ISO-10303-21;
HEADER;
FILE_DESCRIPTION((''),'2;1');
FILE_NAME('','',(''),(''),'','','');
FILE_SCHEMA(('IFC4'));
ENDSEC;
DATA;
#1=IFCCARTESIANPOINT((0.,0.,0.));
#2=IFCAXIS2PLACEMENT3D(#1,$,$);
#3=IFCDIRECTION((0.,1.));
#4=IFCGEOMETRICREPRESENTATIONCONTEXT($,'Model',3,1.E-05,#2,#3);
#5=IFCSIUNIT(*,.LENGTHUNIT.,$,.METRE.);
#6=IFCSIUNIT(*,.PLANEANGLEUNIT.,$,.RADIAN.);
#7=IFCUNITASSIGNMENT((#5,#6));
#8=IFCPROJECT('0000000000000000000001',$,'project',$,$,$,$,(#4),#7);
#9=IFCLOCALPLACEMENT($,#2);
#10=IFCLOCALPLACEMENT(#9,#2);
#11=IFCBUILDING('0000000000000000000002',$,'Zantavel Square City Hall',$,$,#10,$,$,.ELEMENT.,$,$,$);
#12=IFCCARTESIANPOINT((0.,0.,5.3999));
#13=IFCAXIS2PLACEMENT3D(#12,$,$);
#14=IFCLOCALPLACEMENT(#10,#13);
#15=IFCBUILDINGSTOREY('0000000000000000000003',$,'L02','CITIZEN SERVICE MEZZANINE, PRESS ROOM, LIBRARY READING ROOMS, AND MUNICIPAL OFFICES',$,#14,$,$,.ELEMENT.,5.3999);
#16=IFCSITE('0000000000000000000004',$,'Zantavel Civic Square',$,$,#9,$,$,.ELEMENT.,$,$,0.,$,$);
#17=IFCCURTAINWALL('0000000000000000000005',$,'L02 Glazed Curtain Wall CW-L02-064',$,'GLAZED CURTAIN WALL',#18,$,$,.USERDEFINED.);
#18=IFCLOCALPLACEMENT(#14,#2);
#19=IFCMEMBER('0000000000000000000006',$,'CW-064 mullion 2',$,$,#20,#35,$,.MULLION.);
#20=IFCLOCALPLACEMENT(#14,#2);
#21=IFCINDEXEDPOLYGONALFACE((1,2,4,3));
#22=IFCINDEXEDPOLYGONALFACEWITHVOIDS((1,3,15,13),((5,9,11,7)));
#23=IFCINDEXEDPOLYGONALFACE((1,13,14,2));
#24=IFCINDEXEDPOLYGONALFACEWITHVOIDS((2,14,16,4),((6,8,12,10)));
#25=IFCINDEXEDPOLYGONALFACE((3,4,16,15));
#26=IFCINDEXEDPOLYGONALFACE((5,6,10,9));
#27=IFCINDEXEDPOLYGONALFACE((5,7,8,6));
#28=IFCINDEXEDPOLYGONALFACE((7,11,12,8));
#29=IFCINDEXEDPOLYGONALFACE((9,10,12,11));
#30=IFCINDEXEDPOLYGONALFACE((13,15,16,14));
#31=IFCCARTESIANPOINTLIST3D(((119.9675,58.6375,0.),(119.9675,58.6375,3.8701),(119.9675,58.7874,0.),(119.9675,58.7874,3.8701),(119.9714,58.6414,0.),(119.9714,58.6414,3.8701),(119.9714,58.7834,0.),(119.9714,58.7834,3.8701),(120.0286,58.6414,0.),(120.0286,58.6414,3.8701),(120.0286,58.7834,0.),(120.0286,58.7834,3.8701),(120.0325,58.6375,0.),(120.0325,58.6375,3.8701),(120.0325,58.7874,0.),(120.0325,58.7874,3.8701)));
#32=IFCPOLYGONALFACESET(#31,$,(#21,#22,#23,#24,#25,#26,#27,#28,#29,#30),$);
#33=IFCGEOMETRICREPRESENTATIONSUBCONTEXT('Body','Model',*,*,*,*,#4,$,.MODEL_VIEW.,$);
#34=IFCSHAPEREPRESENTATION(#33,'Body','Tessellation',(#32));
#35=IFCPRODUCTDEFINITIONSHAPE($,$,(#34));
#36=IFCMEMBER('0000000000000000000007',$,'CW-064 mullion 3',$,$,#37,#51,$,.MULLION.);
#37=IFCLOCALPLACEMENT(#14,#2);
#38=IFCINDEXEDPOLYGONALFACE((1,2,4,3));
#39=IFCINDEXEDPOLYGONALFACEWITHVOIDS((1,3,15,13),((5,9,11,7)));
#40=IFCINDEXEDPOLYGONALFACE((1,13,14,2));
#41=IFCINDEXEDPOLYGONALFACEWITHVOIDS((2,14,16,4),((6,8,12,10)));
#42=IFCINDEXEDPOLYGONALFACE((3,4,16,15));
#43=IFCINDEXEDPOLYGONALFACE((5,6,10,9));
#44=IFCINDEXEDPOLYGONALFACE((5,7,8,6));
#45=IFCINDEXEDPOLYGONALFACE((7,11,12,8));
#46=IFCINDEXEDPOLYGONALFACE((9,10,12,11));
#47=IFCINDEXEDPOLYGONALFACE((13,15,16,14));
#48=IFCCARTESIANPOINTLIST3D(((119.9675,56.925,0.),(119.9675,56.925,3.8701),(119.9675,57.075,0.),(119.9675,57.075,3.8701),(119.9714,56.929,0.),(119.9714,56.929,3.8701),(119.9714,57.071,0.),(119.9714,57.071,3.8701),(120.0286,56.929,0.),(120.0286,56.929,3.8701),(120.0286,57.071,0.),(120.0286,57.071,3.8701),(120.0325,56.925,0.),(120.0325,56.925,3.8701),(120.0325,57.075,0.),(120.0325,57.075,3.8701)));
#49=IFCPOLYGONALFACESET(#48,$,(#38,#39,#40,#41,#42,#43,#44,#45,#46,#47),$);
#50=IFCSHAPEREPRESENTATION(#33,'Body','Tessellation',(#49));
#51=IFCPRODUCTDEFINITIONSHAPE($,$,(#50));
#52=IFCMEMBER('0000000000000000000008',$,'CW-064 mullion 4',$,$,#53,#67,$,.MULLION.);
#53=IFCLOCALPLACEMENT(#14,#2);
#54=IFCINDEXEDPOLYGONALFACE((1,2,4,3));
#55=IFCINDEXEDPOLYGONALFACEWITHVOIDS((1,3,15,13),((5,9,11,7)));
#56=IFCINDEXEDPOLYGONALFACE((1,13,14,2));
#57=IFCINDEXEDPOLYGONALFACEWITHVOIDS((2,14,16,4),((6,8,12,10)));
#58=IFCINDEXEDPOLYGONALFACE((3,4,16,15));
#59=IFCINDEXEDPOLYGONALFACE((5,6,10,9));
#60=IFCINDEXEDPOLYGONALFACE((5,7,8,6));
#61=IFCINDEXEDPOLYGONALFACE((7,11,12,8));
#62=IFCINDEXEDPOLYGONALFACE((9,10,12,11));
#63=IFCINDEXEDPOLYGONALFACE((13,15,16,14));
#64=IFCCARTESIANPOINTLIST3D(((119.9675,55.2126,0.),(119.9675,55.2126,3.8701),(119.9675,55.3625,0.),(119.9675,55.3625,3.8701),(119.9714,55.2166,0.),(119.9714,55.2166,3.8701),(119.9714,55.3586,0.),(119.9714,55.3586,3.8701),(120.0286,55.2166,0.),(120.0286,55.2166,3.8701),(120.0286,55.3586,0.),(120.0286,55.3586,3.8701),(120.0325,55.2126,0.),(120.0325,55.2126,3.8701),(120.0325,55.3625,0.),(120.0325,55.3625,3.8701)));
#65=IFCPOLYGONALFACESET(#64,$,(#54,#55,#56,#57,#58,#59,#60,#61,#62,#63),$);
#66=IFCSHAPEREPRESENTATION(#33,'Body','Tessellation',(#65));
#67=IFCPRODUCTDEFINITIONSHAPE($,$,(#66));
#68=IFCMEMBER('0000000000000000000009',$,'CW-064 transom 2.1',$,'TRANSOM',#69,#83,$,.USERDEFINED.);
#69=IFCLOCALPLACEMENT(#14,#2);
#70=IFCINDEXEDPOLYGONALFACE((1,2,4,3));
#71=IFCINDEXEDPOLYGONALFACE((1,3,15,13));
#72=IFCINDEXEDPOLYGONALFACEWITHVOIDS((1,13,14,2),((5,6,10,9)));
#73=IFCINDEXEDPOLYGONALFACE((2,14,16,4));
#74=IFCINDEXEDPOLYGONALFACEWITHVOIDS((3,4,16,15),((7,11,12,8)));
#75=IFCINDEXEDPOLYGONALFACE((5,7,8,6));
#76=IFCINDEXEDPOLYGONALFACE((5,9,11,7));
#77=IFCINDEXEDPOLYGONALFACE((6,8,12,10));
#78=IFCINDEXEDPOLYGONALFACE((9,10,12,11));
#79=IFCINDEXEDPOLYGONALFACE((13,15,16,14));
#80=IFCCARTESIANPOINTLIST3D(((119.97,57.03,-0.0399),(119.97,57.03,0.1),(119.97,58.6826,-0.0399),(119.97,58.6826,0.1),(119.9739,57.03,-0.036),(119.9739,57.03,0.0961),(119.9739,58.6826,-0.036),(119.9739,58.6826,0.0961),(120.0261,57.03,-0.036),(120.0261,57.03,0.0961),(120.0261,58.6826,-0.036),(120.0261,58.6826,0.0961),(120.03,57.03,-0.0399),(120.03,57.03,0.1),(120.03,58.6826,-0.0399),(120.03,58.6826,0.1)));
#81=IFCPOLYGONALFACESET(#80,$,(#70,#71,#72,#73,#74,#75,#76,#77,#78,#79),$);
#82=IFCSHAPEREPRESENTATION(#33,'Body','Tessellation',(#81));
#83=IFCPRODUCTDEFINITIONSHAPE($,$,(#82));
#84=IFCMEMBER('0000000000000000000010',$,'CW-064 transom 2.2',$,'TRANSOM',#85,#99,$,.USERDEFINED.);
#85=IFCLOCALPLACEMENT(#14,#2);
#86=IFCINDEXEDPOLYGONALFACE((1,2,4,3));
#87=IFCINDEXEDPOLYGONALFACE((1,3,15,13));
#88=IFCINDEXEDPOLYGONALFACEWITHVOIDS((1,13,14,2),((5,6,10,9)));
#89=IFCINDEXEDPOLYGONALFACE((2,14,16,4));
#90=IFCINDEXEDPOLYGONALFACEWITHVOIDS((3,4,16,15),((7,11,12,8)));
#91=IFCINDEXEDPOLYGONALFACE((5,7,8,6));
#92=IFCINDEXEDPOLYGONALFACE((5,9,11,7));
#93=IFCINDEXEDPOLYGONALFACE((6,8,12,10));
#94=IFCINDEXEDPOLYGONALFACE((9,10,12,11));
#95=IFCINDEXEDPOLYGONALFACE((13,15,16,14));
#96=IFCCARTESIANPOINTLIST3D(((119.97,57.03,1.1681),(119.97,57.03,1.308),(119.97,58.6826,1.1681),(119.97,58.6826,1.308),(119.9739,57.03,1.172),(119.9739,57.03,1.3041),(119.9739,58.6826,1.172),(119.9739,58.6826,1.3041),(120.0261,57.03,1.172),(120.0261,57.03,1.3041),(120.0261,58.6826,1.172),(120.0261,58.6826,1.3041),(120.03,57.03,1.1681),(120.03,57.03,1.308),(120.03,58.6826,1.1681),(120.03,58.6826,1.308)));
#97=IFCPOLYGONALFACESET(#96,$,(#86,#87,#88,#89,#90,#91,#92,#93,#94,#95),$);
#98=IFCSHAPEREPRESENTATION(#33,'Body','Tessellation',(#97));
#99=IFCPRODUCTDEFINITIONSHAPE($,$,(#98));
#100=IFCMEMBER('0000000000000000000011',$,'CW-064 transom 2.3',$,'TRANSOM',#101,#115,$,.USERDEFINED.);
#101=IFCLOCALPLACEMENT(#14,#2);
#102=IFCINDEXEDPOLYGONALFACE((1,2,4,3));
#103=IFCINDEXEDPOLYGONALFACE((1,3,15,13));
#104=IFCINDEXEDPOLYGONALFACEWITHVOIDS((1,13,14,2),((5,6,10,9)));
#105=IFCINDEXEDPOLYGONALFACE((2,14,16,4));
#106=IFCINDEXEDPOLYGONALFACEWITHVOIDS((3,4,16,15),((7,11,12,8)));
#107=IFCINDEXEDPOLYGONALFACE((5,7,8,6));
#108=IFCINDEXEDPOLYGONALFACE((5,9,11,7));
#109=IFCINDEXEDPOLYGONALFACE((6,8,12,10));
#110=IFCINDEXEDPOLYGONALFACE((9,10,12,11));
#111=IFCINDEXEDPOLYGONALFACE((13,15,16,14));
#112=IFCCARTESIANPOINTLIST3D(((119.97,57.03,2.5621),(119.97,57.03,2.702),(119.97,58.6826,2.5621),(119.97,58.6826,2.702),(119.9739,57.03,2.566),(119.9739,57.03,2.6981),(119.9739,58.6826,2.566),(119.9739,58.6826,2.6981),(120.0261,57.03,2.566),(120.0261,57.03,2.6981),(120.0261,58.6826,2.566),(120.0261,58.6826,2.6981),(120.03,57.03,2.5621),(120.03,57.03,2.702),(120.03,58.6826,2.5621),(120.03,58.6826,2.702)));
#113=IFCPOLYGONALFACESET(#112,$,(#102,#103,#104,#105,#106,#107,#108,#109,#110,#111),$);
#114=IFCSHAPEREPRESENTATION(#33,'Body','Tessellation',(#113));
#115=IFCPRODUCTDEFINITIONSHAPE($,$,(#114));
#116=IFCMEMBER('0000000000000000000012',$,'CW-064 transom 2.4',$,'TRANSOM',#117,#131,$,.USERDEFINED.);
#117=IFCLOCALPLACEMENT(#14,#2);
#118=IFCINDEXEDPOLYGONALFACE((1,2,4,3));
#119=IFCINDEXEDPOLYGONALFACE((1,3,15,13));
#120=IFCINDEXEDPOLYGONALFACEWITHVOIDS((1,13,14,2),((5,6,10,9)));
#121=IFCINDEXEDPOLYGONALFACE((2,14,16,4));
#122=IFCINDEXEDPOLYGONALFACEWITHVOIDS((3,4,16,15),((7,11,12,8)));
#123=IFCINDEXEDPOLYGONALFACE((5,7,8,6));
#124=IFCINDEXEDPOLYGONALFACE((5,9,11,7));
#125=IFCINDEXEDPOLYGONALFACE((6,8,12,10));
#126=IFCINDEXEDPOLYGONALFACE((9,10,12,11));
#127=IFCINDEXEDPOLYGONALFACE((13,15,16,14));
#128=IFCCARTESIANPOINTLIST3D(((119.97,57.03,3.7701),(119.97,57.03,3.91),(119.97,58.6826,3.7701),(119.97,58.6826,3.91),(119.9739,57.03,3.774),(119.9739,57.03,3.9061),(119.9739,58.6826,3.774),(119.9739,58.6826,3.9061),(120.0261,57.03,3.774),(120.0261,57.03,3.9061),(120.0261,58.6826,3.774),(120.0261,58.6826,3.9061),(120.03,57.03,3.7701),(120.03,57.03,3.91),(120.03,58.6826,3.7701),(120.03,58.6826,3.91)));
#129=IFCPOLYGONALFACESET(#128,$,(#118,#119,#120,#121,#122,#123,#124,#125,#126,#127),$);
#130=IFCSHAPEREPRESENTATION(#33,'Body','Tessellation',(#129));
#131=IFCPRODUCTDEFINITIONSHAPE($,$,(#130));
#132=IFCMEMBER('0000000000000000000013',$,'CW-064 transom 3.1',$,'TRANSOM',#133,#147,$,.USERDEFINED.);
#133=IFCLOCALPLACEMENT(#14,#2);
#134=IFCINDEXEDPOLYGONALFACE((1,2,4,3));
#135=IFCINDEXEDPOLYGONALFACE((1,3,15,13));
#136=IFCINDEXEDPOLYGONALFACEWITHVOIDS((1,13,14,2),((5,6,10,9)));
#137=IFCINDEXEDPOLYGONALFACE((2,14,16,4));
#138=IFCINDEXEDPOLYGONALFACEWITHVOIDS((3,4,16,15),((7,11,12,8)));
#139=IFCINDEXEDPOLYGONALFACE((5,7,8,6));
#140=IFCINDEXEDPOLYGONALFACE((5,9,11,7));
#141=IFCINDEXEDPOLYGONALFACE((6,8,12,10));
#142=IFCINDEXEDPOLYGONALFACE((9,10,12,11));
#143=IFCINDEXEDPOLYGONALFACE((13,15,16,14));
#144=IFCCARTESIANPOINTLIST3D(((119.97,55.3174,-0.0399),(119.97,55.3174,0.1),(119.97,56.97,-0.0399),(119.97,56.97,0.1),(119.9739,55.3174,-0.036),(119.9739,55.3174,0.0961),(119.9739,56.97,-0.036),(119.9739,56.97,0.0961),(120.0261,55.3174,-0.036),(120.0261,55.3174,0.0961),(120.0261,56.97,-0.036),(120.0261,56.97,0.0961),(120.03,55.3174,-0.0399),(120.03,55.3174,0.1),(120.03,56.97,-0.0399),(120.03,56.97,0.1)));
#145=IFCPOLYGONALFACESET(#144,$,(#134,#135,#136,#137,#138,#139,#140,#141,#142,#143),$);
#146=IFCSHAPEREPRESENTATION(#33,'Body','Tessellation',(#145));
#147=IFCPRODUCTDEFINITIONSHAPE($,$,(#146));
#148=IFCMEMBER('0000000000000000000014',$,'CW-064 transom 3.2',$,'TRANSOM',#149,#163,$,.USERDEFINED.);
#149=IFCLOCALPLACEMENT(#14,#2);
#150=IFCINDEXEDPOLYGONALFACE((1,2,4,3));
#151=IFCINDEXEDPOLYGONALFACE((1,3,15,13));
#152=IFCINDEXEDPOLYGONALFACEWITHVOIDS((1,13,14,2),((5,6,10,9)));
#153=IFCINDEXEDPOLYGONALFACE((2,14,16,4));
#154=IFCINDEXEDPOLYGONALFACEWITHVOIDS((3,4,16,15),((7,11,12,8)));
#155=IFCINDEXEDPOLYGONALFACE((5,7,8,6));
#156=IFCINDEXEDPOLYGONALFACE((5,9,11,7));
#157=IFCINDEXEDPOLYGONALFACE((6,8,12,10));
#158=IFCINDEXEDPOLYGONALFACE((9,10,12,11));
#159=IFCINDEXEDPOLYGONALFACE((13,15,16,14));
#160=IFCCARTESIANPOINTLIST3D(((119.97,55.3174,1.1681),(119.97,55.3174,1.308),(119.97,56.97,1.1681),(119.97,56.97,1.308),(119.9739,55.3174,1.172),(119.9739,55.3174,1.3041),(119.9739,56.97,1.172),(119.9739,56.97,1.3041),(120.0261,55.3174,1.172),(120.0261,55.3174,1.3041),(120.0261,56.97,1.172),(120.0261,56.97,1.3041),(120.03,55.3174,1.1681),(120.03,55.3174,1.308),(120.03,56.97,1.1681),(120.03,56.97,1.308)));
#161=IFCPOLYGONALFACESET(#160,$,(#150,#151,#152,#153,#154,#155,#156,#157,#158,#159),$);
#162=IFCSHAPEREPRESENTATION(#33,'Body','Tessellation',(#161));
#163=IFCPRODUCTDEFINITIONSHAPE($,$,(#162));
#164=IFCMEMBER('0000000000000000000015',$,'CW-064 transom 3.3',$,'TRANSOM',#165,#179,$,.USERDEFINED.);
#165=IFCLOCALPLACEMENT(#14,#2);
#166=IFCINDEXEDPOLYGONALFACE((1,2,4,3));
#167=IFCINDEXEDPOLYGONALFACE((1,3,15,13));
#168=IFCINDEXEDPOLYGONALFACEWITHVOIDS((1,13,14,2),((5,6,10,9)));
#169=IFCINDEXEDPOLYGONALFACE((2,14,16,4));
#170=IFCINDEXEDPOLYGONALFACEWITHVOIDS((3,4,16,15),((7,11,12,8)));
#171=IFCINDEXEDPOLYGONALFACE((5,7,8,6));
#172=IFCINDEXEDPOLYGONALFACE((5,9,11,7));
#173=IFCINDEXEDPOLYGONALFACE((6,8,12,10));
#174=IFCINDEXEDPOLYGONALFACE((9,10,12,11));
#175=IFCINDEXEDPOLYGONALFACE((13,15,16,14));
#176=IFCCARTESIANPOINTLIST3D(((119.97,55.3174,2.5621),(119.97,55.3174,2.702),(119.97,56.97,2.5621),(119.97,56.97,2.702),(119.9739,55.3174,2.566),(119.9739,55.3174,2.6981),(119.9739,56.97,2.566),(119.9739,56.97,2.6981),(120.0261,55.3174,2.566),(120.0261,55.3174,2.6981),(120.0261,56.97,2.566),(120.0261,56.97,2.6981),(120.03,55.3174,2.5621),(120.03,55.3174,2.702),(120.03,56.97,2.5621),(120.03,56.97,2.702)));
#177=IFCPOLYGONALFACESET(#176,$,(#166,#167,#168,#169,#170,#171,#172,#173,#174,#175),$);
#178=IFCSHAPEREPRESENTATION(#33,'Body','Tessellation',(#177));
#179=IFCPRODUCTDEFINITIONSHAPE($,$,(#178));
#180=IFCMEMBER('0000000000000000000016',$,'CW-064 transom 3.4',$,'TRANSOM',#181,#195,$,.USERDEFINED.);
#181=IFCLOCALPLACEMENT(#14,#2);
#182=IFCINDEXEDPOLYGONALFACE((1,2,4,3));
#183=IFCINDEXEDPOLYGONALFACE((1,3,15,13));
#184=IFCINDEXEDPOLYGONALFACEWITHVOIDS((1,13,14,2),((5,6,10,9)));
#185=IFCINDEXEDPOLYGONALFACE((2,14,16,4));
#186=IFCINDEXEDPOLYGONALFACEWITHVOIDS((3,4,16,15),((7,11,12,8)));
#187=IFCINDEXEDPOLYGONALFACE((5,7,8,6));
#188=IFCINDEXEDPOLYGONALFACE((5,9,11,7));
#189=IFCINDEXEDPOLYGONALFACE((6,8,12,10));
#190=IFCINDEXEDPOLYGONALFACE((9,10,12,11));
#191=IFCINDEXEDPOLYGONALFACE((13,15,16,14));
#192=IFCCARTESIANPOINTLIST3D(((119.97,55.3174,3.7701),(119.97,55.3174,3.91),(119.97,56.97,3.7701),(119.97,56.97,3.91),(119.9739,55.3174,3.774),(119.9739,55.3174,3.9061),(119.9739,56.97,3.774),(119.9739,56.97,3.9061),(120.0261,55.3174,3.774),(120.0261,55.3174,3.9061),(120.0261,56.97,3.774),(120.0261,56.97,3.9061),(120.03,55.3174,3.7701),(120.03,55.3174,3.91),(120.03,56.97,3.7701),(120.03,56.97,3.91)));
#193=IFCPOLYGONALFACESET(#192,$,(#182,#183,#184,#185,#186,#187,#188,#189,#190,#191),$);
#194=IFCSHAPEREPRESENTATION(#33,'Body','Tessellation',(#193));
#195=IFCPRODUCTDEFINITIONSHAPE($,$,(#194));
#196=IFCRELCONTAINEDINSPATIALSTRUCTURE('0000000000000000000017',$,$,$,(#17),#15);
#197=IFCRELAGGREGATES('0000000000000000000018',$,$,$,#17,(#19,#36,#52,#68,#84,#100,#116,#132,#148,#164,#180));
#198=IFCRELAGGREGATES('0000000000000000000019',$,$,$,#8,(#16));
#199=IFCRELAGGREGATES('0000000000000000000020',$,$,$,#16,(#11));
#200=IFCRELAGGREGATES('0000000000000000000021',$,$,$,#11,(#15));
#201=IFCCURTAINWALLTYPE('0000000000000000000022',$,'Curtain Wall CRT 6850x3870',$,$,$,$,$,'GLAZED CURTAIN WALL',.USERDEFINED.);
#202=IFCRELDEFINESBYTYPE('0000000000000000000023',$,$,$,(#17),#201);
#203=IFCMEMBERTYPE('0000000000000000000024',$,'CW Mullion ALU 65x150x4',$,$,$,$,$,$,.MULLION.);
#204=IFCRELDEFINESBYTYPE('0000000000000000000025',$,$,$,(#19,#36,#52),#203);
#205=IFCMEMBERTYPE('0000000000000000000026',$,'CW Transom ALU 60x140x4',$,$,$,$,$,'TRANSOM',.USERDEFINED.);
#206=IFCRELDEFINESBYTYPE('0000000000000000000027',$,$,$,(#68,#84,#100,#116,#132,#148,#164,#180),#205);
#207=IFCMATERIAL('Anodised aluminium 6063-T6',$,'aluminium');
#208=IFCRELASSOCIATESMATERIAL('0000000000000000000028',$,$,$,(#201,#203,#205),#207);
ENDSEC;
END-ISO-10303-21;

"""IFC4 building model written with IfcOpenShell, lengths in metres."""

from ifc_helpers import new_model, si_unit, direction, frame, origin, origin_2d, place, context, subcontext, project, spatial, hollow_rectangle, extrude, material, material_profile, profile_set, type_object, element, aggregate, save


model = new_model("IFC4")

# Units and contexts
model_context = context("Model", 3, precision=1e-05, world=origin(), true_north=direction((0.0, 1.0)))
body_context = subcontext(model_context, "Body", "Model", "MODEL_VIEW")
ifc_project = project(units=[si_unit("LENGTHUNIT", "METRE"), si_unit("PLANEANGLEUNIT", "RADIAN")], contexts=[model_context])

# Site, building, storey
site_placement = place(None, origin())
site = spatial("IfcSite", under=ifc_project, at=site_placement, Name="Zantavel Civic Square", CompositionType="ELEMENT", RefElevation=0.0)
building_placement = place(site_placement, origin())
building = spatial("IfcBuilding", under=site, at=building_placement, Name="Zantavel Square City Hall", CompositionType="ELEMENT")
storey_placement = place(building_placement, frame((0.0, 0.0, 5.3999)))
storey = spatial("IfcBuildingStorey", under=building, at=storey_placement, Name="L02", Description="CITIZEN SERVICE MEZZANINE, PRESS ROOM, LIBRARY READING ROOMS, AND MUNICIPAL OFFICES", CompositionType="ELEMENT", Elevation=5.3999)

# Curtain wall, members
ifc_material_1 = material(Name="Anodised aluminium 6063-T6", Category="aluminium")
curtain_wall_type = type_object("IfcCurtainWallType", Name="Curtain Wall CRT 6850x3870", ElementType="GLAZED CURTAIN WALL", PredefinedType="USERDEFINED", material=ifc_material_1)
curtain_wall_placement = place(storey_placement, origin())
curtain_wall = element("IfcCurtainWall", 1, at=curtain_wall_placement, inside=storey, type_object=curtain_wall_type, Name="L02 Glazed Curtain Wall CW-L02-064", ObjectType="GLAZED CURTAIN WALL", PredefinedType="USERDEFINED")
ifc_material_profile_1 = material_profile(ifc_material_1, hollow_rectangle(XDim=0.0649, YDim=0.1499, WallThickness=0.0039, at=origin_2d()), Name="ALU 65x150x4")
ifc_profile_set_1 = profile_set([ifc_material_profile_1], Name="Anodised aluminium 6063-T6")
member_type_1 = type_object("IfcMemberType", Name="CW Mullion ALU 65x150x4", PredefinedType="MULLION", material=ifc_profile_set_1)
member_1_placement = place(storey_placement, frame((120.0, 58.7124, 0.0), z_axis=(0.0, 0.0, 1.0), x_axis=(1.0, 0.0, 0.0)))
member_1 = element("IfcMember", 2, at=member_1_placement, type_object=member_type_1, Name="CW-064 mullion 2", PredefinedType="MULLION", context=body_context, shape_type="SweptSolid", body=[
    extrude(hollow_rectangle(XDim=0.0649, YDim=0.1499, WallThickness=0.0039, at=origin_2d()), origin(), (0.0, 0.0, 1.0), 3.8701),
])
member_2_placement = place(storey_placement, frame((120.0, 57.0, 0.0), z_axis=(0.0, 0.0, 1.0), x_axis=(1.0, 0.0, 0.0)))
member_2 = element("IfcMember", 3, at=member_2_placement, type_object=member_type_1, Name="CW-064 mullion 3", PredefinedType="MULLION", context=body_context, shape_type="SweptSolid", body=[
    extrude(hollow_rectangle(XDim=0.0649, YDim=0.1499, WallThickness=0.0039, at=origin_2d()), origin(), (0.0, 0.0, 1.0), 3.8701),
])
member_3_placement = place(storey_placement, frame((120.0, 55.2876, 0.0), z_axis=(0.0, 0.0, 1.0), x_axis=(1.0, 0.0, 0.0)))
member_3 = element("IfcMember", 4, at=member_3_placement, type_object=member_type_1, Name="CW-064 mullion 4", PredefinedType="MULLION", context=body_context, shape_type="SweptSolid", body=[
    extrude(hollow_rectangle(XDim=0.0649, YDim=0.1499, WallThickness=0.0039, at=origin_2d()), origin(), (0.0, 0.0, 1.0), 3.8701),
])
ifc_material_profile_2 = material_profile(ifc_material_1, hollow_rectangle(XDim=0.0601, YDim=0.1399, WallThickness=0.0039, at=origin_2d()), Name="ALU 60x140x4")
ifc_profile_set_2 = profile_set([ifc_material_profile_2], Name="Anodised aluminium 6063-T6")
member_type_2 = type_object("IfcMemberType", Name="CW Transom ALU 60x140x4", ElementType="TRANSOM", PredefinedType="USERDEFINED", material=ifc_profile_set_2)
member_4_placement = place(storey_placement, frame((120.0, 58.6826, 0.03), z_axis=(0.0, -1.0, 0.0), x_axis=(1.0, 0.0, 0.0)))
member_4 = element("IfcMember", 5, at=member_4_placement, type_object=member_type_2, Name="CW-064 transom 2.1", ObjectType="TRANSOM", PredefinedType="USERDEFINED", context=body_context, shape_type="SweptSolid", body=[
    extrude(hollow_rectangle(XDim=0.0601, YDim=0.1399, WallThickness=0.0039, at=origin_2d()), origin(), (0.0, 0.0, 1.0), 1.6526),
])
member_5_placement = place(storey_placement, frame((120.0, 58.6826, 1.238), z_axis=(0.0, -1.0, 0.0), x_axis=(1.0, 0.0, 0.0)))
member_5 = element("IfcMember", 6, at=member_5_placement, type_object=member_type_2, Name="CW-064 transom 2.2", ObjectType="TRANSOM", PredefinedType="USERDEFINED", context=body_context, shape_type="SweptSolid", body=[
    extrude(hollow_rectangle(XDim=0.0601, YDim=0.1399, WallThickness=0.0039, at=origin_2d()), origin(), (0.0, 0.0, 1.0), 1.6526),
])
member_6_placement = place(storey_placement, frame((120.0, 58.6826, 2.6321), z_axis=(0.0, -1.0, 0.0), x_axis=(1.0, 0.0, 0.0)))
member_6 = element("IfcMember", 7, at=member_6_placement, type_object=member_type_2, Name="CW-064 transom 2.3", ObjectType="TRANSOM", PredefinedType="USERDEFINED", context=body_context, shape_type="SweptSolid", body=[
    extrude(hollow_rectangle(XDim=0.0601, YDim=0.1399, WallThickness=0.0039, at=origin_2d()), origin(), (0.0, 0.0, 1.0), 1.6526),
])
member_7_placement = place(storey_placement, frame((120.0, 58.6826, 3.8401), z_axis=(0.0, -1.0, 0.0), x_axis=(1.0, 0.0, 0.0)))
member_7 = element("IfcMember", 8, at=member_7_placement, type_object=member_type_2, Name="CW-064 transom 2.4", ObjectType="TRANSOM", PredefinedType="USERDEFINED", context=body_context, shape_type="SweptSolid", body=[
    extrude(hollow_rectangle(XDim=0.0601, YDim=0.1399, WallThickness=0.0039, at=origin_2d()), origin(), (0.0, 0.0, 1.0), 1.6526),
])
member_8_placement = place(storey_placement, frame((120.0, 56.97, 0.03), z_axis=(0.0, -1.0, 0.0), x_axis=(1.0, 0.0, 0.0)))
member_8 = element("IfcMember", 9, at=member_8_placement, type_object=member_type_2, Name="CW-064 transom 3.1", ObjectType="TRANSOM", PredefinedType="USERDEFINED", context=body_context, shape_type="SweptSolid", body=[
    extrude(hollow_rectangle(XDim=0.0601, YDim=0.1399, WallThickness=0.0039, at=origin_2d()), origin(), (0.0, 0.0, 1.0), 1.6526),
])
member_9_placement = place(storey_placement, frame((120.0, 56.97, 1.238), z_axis=(0.0, -1.0, 0.0), x_axis=(1.0, 0.0, 0.0)))
member_9 = element("IfcMember", 10, at=member_9_placement, type_object=member_type_2, Name="CW-064 transom 3.2", ObjectType="TRANSOM", PredefinedType="USERDEFINED", context=body_context, shape_type="SweptSolid", body=[
    extrude(hollow_rectangle(XDim=0.0601, YDim=0.1399, WallThickness=0.0039, at=origin_2d()), origin(), (0.0, 0.0, 1.0), 1.6526),
])
member_10_placement = place(storey_placement, frame((120.0, 56.97, 2.6321), z_axis=(0.0, -1.0, 0.0), x_axis=(1.0, 0.0, 0.0)))
member_10 = element("IfcMember", 11, at=member_10_placement, type_object=member_type_2, Name="CW-064 transom 3.3", ObjectType="TRANSOM", PredefinedType="USERDEFINED", context=body_context, shape_type="SweptSolid", body=[
    extrude(hollow_rectangle(XDim=0.0601, YDim=0.1399, WallThickness=0.0039, at=origin_2d()), origin(), (0.0, 0.0, 1.0), 1.6526),
])
member_11_placement = place(storey_placement, frame((120.0, 56.97, 3.8401), z_axis=(0.0, -1.0, 0.0), x_axis=(1.0, 0.0, 0.0)))
member_11 = element("IfcMember", 12, at=member_11_placement, type_object=member_type_2, Name="CW-064 transom 3.4", ObjectType="TRANSOM", PredefinedType="USERDEFINED", context=body_context, shape_type="SweptSolid", body=[
    extrude(hollow_rectangle(XDim=0.0601, YDim=0.1399, WallThickness=0.0039, at=origin_2d()), origin(), (0.0, 0.0, 1.0), 1.6526),
])
aggregate(curtain_wall, [member_1, member_2, member_3, member_4, member_5, member_6, member_7, member_8, member_9, member_10, member_11])

save(model, "model.ifc")
